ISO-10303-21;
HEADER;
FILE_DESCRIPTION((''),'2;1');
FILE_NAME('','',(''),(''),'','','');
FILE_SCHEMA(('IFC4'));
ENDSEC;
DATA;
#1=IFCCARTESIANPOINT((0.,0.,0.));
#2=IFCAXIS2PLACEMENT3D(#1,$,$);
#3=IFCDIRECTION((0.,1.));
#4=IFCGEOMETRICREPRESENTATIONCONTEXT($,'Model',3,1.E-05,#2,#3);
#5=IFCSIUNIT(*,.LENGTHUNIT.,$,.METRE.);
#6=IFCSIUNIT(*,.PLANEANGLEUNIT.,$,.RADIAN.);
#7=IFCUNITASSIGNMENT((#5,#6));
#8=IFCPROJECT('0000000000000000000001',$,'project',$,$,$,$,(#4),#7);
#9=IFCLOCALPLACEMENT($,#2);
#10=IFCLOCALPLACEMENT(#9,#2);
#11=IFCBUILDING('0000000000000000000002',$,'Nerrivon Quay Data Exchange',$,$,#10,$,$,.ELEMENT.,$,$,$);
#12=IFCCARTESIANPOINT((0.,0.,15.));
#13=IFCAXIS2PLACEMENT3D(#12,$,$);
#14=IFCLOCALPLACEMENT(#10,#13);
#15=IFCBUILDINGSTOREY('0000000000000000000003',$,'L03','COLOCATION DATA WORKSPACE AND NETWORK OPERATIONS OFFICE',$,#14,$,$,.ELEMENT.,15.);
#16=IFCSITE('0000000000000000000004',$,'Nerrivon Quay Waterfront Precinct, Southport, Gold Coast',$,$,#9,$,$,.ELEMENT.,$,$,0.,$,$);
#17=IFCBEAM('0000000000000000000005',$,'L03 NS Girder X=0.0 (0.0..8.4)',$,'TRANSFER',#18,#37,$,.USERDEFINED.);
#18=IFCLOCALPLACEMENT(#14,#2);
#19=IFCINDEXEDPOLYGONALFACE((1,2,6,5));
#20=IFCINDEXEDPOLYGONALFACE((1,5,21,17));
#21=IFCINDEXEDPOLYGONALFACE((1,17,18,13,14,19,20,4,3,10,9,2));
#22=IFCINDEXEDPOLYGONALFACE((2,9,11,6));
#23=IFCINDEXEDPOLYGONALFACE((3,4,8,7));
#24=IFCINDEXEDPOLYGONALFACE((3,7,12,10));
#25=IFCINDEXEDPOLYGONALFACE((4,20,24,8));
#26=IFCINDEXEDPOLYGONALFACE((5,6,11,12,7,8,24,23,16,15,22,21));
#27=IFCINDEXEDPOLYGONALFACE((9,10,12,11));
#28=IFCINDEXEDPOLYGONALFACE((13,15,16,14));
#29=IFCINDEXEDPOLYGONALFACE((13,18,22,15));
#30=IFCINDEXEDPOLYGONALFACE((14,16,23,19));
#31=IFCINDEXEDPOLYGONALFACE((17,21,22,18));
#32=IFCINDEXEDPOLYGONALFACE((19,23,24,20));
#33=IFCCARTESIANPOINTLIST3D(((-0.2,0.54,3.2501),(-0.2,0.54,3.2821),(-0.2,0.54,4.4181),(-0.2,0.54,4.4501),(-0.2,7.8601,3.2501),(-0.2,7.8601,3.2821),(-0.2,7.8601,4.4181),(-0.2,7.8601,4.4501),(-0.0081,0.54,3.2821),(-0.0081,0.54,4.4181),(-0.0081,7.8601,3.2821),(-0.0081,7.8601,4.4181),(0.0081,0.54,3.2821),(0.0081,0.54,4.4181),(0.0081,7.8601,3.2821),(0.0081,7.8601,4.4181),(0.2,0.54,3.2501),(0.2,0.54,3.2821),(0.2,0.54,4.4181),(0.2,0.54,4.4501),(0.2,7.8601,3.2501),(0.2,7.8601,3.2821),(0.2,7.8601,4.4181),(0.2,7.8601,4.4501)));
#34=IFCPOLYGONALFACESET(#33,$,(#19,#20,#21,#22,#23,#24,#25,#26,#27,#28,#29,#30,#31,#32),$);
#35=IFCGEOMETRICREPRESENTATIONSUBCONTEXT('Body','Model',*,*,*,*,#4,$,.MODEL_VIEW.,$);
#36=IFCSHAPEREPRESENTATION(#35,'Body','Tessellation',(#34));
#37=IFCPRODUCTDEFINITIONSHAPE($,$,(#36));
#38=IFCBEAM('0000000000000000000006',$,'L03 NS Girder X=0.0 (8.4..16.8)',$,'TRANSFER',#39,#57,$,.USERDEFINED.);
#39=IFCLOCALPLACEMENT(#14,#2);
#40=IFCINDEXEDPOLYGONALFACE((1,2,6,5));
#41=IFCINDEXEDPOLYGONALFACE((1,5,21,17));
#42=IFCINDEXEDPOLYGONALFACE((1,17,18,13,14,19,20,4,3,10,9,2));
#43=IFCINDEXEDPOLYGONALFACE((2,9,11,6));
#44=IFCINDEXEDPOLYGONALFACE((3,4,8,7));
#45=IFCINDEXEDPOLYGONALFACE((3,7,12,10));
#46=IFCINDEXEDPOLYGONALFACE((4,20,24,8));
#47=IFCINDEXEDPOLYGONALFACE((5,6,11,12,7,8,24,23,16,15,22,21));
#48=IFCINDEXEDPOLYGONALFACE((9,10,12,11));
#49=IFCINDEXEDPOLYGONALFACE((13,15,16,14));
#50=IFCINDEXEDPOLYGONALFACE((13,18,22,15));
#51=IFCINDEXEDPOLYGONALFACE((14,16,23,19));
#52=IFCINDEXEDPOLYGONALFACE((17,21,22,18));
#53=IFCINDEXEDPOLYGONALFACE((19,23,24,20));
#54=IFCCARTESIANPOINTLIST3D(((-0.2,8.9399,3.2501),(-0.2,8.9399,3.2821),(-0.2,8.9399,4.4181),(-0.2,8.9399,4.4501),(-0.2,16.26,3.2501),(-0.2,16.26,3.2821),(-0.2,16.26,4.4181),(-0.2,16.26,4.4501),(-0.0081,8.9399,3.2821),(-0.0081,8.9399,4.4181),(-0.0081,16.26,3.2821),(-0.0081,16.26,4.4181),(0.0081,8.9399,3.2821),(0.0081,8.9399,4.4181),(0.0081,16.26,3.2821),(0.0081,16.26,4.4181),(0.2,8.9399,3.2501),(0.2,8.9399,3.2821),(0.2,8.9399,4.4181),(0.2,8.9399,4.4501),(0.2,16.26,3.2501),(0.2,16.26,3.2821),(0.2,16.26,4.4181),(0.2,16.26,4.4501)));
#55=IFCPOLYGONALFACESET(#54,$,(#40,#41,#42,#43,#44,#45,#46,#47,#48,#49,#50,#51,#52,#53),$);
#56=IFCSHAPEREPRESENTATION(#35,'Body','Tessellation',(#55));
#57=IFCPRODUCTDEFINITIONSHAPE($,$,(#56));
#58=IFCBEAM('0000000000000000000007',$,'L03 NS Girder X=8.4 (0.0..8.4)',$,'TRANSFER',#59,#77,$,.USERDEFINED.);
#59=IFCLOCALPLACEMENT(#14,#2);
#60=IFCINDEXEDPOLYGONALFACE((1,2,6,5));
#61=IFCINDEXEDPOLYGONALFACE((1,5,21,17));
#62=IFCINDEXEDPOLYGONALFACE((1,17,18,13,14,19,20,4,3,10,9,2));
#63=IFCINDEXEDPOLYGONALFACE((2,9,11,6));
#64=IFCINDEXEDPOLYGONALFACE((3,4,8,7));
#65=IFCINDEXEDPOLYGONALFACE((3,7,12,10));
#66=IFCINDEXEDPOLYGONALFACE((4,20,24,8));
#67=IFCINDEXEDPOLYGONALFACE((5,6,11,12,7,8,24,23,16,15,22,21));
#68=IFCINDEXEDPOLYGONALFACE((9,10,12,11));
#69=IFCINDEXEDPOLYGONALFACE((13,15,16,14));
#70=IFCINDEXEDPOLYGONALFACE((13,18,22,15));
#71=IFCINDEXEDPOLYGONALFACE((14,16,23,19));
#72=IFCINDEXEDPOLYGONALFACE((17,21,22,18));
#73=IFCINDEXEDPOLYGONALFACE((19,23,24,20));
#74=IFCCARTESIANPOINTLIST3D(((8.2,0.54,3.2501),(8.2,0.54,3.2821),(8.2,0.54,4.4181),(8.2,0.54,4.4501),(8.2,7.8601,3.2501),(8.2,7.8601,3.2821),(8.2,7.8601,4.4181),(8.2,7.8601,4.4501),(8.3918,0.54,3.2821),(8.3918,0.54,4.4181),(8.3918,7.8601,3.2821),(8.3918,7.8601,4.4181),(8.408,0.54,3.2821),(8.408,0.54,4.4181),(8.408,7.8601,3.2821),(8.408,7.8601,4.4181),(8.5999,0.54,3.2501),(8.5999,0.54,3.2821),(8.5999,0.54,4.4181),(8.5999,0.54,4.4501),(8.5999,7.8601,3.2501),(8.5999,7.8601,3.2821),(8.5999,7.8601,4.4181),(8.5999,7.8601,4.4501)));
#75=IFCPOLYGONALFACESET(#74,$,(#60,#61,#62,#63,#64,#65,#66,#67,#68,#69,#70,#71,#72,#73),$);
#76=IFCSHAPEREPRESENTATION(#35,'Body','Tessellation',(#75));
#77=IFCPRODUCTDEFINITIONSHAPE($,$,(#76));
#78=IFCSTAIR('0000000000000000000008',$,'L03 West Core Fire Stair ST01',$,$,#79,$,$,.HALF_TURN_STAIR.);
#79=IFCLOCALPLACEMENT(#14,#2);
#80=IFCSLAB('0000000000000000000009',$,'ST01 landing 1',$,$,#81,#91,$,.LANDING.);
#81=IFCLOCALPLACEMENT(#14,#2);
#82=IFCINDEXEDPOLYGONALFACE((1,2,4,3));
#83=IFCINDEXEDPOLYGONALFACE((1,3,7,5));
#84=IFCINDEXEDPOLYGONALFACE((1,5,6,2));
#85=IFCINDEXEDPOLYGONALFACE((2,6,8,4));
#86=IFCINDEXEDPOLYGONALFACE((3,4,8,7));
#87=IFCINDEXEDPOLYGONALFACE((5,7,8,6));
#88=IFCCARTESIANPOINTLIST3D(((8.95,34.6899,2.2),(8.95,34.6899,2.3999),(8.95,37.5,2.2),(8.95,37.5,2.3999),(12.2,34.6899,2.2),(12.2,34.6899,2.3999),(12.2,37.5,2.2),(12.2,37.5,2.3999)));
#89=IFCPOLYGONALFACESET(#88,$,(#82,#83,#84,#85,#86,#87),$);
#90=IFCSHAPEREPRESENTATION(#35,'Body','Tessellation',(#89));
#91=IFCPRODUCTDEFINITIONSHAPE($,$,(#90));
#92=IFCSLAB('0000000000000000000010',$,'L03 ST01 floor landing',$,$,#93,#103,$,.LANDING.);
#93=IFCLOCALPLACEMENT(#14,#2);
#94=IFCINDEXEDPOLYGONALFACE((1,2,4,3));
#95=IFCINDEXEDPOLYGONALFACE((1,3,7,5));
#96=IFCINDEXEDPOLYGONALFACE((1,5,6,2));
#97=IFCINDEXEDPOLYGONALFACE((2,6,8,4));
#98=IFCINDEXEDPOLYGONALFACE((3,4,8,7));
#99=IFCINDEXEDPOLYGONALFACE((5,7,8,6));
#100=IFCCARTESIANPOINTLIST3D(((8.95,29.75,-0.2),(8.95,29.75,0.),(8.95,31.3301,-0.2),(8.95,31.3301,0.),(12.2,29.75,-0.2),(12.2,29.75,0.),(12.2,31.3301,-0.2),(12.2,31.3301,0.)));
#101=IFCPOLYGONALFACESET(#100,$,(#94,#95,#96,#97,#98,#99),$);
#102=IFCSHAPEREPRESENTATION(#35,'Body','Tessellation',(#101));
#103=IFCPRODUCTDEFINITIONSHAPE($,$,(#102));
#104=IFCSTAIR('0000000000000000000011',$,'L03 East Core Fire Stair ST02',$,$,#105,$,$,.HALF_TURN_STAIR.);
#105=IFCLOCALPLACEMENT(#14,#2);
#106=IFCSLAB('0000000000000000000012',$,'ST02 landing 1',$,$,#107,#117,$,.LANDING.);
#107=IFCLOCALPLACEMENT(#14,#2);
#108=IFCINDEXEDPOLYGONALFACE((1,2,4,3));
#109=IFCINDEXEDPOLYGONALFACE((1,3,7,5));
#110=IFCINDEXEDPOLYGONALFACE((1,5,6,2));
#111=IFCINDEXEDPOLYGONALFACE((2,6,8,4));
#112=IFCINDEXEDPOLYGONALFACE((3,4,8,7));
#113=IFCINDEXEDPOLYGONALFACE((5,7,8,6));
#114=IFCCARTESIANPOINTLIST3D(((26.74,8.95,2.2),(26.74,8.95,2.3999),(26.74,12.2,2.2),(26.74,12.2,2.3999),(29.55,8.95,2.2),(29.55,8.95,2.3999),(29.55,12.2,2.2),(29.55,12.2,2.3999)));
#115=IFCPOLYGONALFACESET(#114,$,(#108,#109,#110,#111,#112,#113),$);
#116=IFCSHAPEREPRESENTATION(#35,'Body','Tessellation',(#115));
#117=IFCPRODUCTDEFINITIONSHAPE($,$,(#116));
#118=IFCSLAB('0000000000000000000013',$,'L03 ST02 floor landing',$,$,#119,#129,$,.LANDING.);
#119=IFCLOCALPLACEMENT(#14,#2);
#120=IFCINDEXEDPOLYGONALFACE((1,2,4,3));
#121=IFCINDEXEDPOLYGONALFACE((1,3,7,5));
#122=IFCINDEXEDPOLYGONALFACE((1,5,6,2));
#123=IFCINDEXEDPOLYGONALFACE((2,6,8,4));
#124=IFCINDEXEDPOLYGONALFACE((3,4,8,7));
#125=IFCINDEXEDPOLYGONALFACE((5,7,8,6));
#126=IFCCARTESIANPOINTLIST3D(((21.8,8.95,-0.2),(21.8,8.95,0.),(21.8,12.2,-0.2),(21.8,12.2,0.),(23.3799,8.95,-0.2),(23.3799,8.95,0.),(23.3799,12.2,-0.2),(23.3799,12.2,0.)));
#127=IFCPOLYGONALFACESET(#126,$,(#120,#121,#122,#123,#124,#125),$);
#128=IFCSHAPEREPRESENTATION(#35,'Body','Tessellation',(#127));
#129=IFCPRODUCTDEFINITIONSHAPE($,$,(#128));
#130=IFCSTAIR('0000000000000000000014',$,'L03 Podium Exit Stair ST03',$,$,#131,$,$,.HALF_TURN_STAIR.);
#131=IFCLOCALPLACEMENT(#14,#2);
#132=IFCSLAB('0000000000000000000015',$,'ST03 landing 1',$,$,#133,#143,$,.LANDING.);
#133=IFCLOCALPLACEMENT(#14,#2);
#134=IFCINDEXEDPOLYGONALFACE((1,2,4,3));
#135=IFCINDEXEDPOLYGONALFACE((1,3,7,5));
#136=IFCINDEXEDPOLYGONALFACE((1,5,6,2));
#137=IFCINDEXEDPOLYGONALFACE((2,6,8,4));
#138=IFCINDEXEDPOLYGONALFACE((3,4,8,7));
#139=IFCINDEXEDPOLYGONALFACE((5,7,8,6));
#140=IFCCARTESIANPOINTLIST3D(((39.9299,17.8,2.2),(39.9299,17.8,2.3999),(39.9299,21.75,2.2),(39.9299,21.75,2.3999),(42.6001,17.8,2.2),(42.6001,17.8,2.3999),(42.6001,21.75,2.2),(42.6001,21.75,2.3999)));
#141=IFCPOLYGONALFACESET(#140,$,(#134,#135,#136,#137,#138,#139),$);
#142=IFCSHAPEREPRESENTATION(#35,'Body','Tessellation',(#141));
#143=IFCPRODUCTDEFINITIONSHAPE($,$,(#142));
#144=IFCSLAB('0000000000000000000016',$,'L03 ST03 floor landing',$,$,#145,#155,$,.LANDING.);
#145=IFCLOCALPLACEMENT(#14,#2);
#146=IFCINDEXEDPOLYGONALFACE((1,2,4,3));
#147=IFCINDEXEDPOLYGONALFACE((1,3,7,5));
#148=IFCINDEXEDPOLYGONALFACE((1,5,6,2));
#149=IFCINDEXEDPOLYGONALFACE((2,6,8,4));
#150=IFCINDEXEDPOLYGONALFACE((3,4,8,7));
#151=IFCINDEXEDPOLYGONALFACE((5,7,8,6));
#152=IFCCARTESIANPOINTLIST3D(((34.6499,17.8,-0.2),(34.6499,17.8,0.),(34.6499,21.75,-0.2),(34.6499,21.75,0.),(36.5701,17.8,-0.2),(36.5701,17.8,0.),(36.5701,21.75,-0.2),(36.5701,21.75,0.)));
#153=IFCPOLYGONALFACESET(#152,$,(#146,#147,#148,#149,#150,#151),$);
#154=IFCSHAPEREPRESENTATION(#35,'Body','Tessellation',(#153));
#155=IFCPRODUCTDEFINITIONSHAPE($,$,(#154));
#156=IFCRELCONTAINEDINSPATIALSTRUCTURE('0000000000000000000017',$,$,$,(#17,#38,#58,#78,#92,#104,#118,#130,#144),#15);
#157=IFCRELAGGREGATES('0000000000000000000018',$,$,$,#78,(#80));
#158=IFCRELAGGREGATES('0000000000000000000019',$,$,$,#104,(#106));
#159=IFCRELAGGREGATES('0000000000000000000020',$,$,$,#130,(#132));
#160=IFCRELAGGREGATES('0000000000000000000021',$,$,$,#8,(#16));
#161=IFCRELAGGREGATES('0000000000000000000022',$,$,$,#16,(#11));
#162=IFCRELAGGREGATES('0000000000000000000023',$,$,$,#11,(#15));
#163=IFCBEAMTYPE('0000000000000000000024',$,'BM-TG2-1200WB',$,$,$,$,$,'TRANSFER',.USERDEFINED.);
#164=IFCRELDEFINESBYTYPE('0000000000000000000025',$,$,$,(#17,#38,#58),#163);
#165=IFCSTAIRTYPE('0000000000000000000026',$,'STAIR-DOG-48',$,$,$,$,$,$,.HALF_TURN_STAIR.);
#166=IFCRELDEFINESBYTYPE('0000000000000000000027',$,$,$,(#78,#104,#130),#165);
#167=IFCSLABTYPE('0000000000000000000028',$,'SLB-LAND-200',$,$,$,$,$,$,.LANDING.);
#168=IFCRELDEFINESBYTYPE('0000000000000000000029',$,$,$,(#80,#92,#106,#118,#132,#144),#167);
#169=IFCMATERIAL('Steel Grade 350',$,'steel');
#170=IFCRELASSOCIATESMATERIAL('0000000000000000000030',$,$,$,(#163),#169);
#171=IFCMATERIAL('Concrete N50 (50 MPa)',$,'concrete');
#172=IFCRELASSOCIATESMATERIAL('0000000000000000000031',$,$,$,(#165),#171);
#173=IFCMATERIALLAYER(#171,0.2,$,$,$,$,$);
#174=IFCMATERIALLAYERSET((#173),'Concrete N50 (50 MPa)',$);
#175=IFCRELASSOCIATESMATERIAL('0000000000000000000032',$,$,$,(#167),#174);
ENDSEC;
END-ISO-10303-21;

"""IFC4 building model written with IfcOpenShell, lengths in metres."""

from ifc_helpers import new_model, si_unit, direction, frame, origin, origin_2d, place, context, subcontext, project, spatial, polyline, i_section, outline, extrude, material, layer, layer_set, material_profile, profile_set, type_object, element, aggregate, save


model = new_model("IFC4")

# Units and contexts
model_context = context("Model", 3, precision=1e-05, world=origin(), true_north=direction((0.0, 1.0)))
body_context = subcontext(model_context, "Body", "Model", "MODEL_VIEW")
ifc_project = project(units=[si_unit("LENGTHUNIT", "METRE"), si_unit("PLANEANGLEUNIT", "RADIAN")], contexts=[model_context])

# Site, building, storey
site_placement = place(None, origin())
site = spatial("IfcSite", under=ifc_project, at=site_placement, Name="Nerrivon Quay Waterfront Precinct, Southport, Gold Coast", CompositionType="ELEMENT", RefElevation=0.0)
building_placement = place(site_placement, origin())
building = spatial("IfcBuilding", under=site, at=building_placement, Name="Nerrivon Quay Data Exchange", CompositionType="ELEMENT")
storey_placement = place(building_placement, frame((0.0, 0.0, 15.0)))
storey = spatial("IfcBuildingStorey", under=building, at=storey_placement, Name="L03", Description="COLOCATION DATA WORKSPACE AND NETWORK OPERATIONS OFFICE", CompositionType="ELEMENT", Elevation=15.0)

# Beams
ifc_material_1 = material(Name="Steel Grade 350", Category="steel")
ifc_material_profile_1 = material_profile(ifc_material_1, i_section(OverallWidth=0.3999, OverallDepth=1.2, WebThickness=0.0161, FlangeThickness=0.032, at=origin_2d()), Name="1200WB342")
ifc_profile_set_1 = profile_set([ifc_material_profile_1], Name="Steel Grade 350")
beam_type_1 = type_object("IfcBeamType", Name="BM-TG2-1200WB", ElementType="TRANSFER", PredefinedType="USERDEFINED", material=ifc_profile_set_1)
for number, where, z_axis, x_axis, name in (
    (1, (0.0, 0.54, 3.8501), (0.0, 1.0, 0.0), (-1.0, 0.0, 0.0), "L03 NS Girder X=0.0 (0.0..8.4)"),
    (2, (0.0, 8.9399, 3.8501), (0.0, 1.0, 0.0), (-1.0, 0.0, 0.0), "L03 NS Girder X=0.0 (8.4..16.8)"),
    (3, (8.3999, 0.54, 3.8501), (0.0, 1.0, 0.0), (-1.0, 0.0, 0.0), "L03 NS Girder X=8.4 (0.0..8.4)"),
):
    element("IfcBeam", number, at=place(storey_placement, frame(where, z_axis=z_axis, x_axis=x_axis)), inside=storey, type_object=beam_type_1, Name=name, ObjectType="TRANSFER", PredefinedType="USERDEFINED", context=body_context, shape_type="SweptSolid", body=[
        extrude(i_section(OverallWidth=0.3999, OverallDepth=1.2, WebThickness=0.0161, FlangeThickness=0.032, at=origin_2d()), origin(), (0.0, 0.0, 1.0), 7.3201),
    ])

# Stair, slab
ifc_material_2 = material(Name="Concrete N50 (50 MPa)", Category="concrete")
stair_type = type_object("IfcStairType", Name="STAIR-DOG-48", PredefinedType="HALF_TURN_STAIR", material=ifc_material_2)
stair_1_placement = place(storey_placement, origin())
stair_1 = element("IfcStair", 4, at=stair_1_placement, inside=storey, type_object=stair_type, Name="L03 West Core Fire Stair ST01", PredefinedType="HALF_TURN_STAIR")
ifc_layer_1 = layer(ifc_material_2, 0.2)
ifc_layer_set_1 = layer_set([ifc_layer_1], Name="Concrete N50 (50 MPa)")
slab_type_1 = type_object("IfcSlabType", Name="SLB-LAND-200", PredefinedType="LANDING", material=ifc_layer_set_1)
slab_1_placement = place(storey_placement, frame((0.0, 0.0, 2.2)))
slab_1 = element("IfcSlab", 5, at=slab_1_placement, type_object=slab_type_1, Name="ST01 landing 1", PredefinedType="LANDING", context=body_context, shape_type="SweptSolid", body=[
    extrude(outline(polyline([(12.2, 34.6899), (12.2, 37.5), (8.95, 37.5), (8.95, 34.6899), (12.2, 34.6899)])), origin(), (0.0, 0.0, 1.0), 0.2),
])
aggregate(stair_1, [slab_1])

# Slab
slab_2_placement = place(storey_placement, frame((0.0, 0.0, -0.2)))
element("IfcSlab", 6, at=slab_2_placement, inside=storey, type_object=slab_type_1, Name="L03 ST01 floor landing", PredefinedType="LANDING", context=body_context, shape_type="SweptSolid", body=[
    extrude(outline(polyline([(12.2, 29.75), (12.2, 31.3301), (8.95, 31.3301), (8.95, 29.75), (12.2, 29.75)])), origin(), (0.0, 0.0, 1.0), 0.2),
])

# Stair, slab
stair_2_placement = place(storey_placement, origin())
stair_2 = element("IfcStair", 7, at=stair_2_placement, inside=storey, type_object=stair_type, Name="L03 East Core Fire Stair ST02", PredefinedType="HALF_TURN_STAIR")
slab_3_placement = place(storey_placement, frame((0.0, 0.0, 2.2)))
slab_3 = element("IfcSlab", 8, at=slab_3_placement, type_object=slab_type_1, Name="ST02 landing 1", PredefinedType="LANDING", context=body_context, shape_type="SweptSolid", body=[
    extrude(outline(polyline([(26.74, 8.95), (29.55, 8.95), (29.55, 12.2), (26.74, 12.2), (26.74, 8.95)])), origin(), (0.0, 0.0, 1.0), 0.2),
])
aggregate(stair_2, [slab_3])

# Slab
slab_4_placement = place(storey_placement, frame((0.0, 0.0, -0.2)))
element("IfcSlab", 9, at=slab_4_placement, inside=storey, type_object=slab_type_1, Name="L03 ST02 floor landing", PredefinedType="LANDING", context=body_context, shape_type="SweptSolid", body=[
    extrude(outline(polyline([(21.8, 8.95), (23.3799, 8.95), (23.3799, 12.2), (21.8, 12.2), (21.8, 8.95)])), origin(), (0.0, 0.0, 1.0), 0.2),
])

# Stair, slab
stair_3_placement = place(storey_placement, origin())
stair_3 = element("IfcStair", 10, at=stair_3_placement, inside=storey, type_object=stair_type, Name="L03 Podium Exit Stair ST03", PredefinedType="HALF_TURN_STAIR")
slab_5_placement = place(storey_placement, frame((0.0, 0.0, 2.2)))
slab_5 = element("IfcSlab", 11, at=slab_5_placement, type_object=slab_type_1, Name="ST03 landing 1", PredefinedType="LANDING", context=body_context, shape_type="SweptSolid", body=[
    extrude(outline(polyline([(39.9299, 17.8), (42.6001, 17.8), (42.6001, 21.75), (39.9299, 21.75), (39.9299, 17.8)])), origin(), (0.0, 0.0, 1.0), 0.2),
])
aggregate(stair_3, [slab_5])

# Slab
slab_6_placement = place(storey_placement, frame((0.0, 0.0, -0.2)))
element("IfcSlab", 12, at=slab_6_placement, inside=storey, type_object=slab_type_1, Name="L03 ST03 floor landing", PredefinedType="LANDING", context=body_context, shape_type="SweptSolid", body=[
    extrude(outline(polyline([(34.6499, 17.8), (36.5701, 17.8), (36.5701, 21.75), (34.6499, 21.75), (34.6499, 17.8)])), origin(), (0.0, 0.0, 1.0), 0.2),
])

save(model, "model.ifc")
